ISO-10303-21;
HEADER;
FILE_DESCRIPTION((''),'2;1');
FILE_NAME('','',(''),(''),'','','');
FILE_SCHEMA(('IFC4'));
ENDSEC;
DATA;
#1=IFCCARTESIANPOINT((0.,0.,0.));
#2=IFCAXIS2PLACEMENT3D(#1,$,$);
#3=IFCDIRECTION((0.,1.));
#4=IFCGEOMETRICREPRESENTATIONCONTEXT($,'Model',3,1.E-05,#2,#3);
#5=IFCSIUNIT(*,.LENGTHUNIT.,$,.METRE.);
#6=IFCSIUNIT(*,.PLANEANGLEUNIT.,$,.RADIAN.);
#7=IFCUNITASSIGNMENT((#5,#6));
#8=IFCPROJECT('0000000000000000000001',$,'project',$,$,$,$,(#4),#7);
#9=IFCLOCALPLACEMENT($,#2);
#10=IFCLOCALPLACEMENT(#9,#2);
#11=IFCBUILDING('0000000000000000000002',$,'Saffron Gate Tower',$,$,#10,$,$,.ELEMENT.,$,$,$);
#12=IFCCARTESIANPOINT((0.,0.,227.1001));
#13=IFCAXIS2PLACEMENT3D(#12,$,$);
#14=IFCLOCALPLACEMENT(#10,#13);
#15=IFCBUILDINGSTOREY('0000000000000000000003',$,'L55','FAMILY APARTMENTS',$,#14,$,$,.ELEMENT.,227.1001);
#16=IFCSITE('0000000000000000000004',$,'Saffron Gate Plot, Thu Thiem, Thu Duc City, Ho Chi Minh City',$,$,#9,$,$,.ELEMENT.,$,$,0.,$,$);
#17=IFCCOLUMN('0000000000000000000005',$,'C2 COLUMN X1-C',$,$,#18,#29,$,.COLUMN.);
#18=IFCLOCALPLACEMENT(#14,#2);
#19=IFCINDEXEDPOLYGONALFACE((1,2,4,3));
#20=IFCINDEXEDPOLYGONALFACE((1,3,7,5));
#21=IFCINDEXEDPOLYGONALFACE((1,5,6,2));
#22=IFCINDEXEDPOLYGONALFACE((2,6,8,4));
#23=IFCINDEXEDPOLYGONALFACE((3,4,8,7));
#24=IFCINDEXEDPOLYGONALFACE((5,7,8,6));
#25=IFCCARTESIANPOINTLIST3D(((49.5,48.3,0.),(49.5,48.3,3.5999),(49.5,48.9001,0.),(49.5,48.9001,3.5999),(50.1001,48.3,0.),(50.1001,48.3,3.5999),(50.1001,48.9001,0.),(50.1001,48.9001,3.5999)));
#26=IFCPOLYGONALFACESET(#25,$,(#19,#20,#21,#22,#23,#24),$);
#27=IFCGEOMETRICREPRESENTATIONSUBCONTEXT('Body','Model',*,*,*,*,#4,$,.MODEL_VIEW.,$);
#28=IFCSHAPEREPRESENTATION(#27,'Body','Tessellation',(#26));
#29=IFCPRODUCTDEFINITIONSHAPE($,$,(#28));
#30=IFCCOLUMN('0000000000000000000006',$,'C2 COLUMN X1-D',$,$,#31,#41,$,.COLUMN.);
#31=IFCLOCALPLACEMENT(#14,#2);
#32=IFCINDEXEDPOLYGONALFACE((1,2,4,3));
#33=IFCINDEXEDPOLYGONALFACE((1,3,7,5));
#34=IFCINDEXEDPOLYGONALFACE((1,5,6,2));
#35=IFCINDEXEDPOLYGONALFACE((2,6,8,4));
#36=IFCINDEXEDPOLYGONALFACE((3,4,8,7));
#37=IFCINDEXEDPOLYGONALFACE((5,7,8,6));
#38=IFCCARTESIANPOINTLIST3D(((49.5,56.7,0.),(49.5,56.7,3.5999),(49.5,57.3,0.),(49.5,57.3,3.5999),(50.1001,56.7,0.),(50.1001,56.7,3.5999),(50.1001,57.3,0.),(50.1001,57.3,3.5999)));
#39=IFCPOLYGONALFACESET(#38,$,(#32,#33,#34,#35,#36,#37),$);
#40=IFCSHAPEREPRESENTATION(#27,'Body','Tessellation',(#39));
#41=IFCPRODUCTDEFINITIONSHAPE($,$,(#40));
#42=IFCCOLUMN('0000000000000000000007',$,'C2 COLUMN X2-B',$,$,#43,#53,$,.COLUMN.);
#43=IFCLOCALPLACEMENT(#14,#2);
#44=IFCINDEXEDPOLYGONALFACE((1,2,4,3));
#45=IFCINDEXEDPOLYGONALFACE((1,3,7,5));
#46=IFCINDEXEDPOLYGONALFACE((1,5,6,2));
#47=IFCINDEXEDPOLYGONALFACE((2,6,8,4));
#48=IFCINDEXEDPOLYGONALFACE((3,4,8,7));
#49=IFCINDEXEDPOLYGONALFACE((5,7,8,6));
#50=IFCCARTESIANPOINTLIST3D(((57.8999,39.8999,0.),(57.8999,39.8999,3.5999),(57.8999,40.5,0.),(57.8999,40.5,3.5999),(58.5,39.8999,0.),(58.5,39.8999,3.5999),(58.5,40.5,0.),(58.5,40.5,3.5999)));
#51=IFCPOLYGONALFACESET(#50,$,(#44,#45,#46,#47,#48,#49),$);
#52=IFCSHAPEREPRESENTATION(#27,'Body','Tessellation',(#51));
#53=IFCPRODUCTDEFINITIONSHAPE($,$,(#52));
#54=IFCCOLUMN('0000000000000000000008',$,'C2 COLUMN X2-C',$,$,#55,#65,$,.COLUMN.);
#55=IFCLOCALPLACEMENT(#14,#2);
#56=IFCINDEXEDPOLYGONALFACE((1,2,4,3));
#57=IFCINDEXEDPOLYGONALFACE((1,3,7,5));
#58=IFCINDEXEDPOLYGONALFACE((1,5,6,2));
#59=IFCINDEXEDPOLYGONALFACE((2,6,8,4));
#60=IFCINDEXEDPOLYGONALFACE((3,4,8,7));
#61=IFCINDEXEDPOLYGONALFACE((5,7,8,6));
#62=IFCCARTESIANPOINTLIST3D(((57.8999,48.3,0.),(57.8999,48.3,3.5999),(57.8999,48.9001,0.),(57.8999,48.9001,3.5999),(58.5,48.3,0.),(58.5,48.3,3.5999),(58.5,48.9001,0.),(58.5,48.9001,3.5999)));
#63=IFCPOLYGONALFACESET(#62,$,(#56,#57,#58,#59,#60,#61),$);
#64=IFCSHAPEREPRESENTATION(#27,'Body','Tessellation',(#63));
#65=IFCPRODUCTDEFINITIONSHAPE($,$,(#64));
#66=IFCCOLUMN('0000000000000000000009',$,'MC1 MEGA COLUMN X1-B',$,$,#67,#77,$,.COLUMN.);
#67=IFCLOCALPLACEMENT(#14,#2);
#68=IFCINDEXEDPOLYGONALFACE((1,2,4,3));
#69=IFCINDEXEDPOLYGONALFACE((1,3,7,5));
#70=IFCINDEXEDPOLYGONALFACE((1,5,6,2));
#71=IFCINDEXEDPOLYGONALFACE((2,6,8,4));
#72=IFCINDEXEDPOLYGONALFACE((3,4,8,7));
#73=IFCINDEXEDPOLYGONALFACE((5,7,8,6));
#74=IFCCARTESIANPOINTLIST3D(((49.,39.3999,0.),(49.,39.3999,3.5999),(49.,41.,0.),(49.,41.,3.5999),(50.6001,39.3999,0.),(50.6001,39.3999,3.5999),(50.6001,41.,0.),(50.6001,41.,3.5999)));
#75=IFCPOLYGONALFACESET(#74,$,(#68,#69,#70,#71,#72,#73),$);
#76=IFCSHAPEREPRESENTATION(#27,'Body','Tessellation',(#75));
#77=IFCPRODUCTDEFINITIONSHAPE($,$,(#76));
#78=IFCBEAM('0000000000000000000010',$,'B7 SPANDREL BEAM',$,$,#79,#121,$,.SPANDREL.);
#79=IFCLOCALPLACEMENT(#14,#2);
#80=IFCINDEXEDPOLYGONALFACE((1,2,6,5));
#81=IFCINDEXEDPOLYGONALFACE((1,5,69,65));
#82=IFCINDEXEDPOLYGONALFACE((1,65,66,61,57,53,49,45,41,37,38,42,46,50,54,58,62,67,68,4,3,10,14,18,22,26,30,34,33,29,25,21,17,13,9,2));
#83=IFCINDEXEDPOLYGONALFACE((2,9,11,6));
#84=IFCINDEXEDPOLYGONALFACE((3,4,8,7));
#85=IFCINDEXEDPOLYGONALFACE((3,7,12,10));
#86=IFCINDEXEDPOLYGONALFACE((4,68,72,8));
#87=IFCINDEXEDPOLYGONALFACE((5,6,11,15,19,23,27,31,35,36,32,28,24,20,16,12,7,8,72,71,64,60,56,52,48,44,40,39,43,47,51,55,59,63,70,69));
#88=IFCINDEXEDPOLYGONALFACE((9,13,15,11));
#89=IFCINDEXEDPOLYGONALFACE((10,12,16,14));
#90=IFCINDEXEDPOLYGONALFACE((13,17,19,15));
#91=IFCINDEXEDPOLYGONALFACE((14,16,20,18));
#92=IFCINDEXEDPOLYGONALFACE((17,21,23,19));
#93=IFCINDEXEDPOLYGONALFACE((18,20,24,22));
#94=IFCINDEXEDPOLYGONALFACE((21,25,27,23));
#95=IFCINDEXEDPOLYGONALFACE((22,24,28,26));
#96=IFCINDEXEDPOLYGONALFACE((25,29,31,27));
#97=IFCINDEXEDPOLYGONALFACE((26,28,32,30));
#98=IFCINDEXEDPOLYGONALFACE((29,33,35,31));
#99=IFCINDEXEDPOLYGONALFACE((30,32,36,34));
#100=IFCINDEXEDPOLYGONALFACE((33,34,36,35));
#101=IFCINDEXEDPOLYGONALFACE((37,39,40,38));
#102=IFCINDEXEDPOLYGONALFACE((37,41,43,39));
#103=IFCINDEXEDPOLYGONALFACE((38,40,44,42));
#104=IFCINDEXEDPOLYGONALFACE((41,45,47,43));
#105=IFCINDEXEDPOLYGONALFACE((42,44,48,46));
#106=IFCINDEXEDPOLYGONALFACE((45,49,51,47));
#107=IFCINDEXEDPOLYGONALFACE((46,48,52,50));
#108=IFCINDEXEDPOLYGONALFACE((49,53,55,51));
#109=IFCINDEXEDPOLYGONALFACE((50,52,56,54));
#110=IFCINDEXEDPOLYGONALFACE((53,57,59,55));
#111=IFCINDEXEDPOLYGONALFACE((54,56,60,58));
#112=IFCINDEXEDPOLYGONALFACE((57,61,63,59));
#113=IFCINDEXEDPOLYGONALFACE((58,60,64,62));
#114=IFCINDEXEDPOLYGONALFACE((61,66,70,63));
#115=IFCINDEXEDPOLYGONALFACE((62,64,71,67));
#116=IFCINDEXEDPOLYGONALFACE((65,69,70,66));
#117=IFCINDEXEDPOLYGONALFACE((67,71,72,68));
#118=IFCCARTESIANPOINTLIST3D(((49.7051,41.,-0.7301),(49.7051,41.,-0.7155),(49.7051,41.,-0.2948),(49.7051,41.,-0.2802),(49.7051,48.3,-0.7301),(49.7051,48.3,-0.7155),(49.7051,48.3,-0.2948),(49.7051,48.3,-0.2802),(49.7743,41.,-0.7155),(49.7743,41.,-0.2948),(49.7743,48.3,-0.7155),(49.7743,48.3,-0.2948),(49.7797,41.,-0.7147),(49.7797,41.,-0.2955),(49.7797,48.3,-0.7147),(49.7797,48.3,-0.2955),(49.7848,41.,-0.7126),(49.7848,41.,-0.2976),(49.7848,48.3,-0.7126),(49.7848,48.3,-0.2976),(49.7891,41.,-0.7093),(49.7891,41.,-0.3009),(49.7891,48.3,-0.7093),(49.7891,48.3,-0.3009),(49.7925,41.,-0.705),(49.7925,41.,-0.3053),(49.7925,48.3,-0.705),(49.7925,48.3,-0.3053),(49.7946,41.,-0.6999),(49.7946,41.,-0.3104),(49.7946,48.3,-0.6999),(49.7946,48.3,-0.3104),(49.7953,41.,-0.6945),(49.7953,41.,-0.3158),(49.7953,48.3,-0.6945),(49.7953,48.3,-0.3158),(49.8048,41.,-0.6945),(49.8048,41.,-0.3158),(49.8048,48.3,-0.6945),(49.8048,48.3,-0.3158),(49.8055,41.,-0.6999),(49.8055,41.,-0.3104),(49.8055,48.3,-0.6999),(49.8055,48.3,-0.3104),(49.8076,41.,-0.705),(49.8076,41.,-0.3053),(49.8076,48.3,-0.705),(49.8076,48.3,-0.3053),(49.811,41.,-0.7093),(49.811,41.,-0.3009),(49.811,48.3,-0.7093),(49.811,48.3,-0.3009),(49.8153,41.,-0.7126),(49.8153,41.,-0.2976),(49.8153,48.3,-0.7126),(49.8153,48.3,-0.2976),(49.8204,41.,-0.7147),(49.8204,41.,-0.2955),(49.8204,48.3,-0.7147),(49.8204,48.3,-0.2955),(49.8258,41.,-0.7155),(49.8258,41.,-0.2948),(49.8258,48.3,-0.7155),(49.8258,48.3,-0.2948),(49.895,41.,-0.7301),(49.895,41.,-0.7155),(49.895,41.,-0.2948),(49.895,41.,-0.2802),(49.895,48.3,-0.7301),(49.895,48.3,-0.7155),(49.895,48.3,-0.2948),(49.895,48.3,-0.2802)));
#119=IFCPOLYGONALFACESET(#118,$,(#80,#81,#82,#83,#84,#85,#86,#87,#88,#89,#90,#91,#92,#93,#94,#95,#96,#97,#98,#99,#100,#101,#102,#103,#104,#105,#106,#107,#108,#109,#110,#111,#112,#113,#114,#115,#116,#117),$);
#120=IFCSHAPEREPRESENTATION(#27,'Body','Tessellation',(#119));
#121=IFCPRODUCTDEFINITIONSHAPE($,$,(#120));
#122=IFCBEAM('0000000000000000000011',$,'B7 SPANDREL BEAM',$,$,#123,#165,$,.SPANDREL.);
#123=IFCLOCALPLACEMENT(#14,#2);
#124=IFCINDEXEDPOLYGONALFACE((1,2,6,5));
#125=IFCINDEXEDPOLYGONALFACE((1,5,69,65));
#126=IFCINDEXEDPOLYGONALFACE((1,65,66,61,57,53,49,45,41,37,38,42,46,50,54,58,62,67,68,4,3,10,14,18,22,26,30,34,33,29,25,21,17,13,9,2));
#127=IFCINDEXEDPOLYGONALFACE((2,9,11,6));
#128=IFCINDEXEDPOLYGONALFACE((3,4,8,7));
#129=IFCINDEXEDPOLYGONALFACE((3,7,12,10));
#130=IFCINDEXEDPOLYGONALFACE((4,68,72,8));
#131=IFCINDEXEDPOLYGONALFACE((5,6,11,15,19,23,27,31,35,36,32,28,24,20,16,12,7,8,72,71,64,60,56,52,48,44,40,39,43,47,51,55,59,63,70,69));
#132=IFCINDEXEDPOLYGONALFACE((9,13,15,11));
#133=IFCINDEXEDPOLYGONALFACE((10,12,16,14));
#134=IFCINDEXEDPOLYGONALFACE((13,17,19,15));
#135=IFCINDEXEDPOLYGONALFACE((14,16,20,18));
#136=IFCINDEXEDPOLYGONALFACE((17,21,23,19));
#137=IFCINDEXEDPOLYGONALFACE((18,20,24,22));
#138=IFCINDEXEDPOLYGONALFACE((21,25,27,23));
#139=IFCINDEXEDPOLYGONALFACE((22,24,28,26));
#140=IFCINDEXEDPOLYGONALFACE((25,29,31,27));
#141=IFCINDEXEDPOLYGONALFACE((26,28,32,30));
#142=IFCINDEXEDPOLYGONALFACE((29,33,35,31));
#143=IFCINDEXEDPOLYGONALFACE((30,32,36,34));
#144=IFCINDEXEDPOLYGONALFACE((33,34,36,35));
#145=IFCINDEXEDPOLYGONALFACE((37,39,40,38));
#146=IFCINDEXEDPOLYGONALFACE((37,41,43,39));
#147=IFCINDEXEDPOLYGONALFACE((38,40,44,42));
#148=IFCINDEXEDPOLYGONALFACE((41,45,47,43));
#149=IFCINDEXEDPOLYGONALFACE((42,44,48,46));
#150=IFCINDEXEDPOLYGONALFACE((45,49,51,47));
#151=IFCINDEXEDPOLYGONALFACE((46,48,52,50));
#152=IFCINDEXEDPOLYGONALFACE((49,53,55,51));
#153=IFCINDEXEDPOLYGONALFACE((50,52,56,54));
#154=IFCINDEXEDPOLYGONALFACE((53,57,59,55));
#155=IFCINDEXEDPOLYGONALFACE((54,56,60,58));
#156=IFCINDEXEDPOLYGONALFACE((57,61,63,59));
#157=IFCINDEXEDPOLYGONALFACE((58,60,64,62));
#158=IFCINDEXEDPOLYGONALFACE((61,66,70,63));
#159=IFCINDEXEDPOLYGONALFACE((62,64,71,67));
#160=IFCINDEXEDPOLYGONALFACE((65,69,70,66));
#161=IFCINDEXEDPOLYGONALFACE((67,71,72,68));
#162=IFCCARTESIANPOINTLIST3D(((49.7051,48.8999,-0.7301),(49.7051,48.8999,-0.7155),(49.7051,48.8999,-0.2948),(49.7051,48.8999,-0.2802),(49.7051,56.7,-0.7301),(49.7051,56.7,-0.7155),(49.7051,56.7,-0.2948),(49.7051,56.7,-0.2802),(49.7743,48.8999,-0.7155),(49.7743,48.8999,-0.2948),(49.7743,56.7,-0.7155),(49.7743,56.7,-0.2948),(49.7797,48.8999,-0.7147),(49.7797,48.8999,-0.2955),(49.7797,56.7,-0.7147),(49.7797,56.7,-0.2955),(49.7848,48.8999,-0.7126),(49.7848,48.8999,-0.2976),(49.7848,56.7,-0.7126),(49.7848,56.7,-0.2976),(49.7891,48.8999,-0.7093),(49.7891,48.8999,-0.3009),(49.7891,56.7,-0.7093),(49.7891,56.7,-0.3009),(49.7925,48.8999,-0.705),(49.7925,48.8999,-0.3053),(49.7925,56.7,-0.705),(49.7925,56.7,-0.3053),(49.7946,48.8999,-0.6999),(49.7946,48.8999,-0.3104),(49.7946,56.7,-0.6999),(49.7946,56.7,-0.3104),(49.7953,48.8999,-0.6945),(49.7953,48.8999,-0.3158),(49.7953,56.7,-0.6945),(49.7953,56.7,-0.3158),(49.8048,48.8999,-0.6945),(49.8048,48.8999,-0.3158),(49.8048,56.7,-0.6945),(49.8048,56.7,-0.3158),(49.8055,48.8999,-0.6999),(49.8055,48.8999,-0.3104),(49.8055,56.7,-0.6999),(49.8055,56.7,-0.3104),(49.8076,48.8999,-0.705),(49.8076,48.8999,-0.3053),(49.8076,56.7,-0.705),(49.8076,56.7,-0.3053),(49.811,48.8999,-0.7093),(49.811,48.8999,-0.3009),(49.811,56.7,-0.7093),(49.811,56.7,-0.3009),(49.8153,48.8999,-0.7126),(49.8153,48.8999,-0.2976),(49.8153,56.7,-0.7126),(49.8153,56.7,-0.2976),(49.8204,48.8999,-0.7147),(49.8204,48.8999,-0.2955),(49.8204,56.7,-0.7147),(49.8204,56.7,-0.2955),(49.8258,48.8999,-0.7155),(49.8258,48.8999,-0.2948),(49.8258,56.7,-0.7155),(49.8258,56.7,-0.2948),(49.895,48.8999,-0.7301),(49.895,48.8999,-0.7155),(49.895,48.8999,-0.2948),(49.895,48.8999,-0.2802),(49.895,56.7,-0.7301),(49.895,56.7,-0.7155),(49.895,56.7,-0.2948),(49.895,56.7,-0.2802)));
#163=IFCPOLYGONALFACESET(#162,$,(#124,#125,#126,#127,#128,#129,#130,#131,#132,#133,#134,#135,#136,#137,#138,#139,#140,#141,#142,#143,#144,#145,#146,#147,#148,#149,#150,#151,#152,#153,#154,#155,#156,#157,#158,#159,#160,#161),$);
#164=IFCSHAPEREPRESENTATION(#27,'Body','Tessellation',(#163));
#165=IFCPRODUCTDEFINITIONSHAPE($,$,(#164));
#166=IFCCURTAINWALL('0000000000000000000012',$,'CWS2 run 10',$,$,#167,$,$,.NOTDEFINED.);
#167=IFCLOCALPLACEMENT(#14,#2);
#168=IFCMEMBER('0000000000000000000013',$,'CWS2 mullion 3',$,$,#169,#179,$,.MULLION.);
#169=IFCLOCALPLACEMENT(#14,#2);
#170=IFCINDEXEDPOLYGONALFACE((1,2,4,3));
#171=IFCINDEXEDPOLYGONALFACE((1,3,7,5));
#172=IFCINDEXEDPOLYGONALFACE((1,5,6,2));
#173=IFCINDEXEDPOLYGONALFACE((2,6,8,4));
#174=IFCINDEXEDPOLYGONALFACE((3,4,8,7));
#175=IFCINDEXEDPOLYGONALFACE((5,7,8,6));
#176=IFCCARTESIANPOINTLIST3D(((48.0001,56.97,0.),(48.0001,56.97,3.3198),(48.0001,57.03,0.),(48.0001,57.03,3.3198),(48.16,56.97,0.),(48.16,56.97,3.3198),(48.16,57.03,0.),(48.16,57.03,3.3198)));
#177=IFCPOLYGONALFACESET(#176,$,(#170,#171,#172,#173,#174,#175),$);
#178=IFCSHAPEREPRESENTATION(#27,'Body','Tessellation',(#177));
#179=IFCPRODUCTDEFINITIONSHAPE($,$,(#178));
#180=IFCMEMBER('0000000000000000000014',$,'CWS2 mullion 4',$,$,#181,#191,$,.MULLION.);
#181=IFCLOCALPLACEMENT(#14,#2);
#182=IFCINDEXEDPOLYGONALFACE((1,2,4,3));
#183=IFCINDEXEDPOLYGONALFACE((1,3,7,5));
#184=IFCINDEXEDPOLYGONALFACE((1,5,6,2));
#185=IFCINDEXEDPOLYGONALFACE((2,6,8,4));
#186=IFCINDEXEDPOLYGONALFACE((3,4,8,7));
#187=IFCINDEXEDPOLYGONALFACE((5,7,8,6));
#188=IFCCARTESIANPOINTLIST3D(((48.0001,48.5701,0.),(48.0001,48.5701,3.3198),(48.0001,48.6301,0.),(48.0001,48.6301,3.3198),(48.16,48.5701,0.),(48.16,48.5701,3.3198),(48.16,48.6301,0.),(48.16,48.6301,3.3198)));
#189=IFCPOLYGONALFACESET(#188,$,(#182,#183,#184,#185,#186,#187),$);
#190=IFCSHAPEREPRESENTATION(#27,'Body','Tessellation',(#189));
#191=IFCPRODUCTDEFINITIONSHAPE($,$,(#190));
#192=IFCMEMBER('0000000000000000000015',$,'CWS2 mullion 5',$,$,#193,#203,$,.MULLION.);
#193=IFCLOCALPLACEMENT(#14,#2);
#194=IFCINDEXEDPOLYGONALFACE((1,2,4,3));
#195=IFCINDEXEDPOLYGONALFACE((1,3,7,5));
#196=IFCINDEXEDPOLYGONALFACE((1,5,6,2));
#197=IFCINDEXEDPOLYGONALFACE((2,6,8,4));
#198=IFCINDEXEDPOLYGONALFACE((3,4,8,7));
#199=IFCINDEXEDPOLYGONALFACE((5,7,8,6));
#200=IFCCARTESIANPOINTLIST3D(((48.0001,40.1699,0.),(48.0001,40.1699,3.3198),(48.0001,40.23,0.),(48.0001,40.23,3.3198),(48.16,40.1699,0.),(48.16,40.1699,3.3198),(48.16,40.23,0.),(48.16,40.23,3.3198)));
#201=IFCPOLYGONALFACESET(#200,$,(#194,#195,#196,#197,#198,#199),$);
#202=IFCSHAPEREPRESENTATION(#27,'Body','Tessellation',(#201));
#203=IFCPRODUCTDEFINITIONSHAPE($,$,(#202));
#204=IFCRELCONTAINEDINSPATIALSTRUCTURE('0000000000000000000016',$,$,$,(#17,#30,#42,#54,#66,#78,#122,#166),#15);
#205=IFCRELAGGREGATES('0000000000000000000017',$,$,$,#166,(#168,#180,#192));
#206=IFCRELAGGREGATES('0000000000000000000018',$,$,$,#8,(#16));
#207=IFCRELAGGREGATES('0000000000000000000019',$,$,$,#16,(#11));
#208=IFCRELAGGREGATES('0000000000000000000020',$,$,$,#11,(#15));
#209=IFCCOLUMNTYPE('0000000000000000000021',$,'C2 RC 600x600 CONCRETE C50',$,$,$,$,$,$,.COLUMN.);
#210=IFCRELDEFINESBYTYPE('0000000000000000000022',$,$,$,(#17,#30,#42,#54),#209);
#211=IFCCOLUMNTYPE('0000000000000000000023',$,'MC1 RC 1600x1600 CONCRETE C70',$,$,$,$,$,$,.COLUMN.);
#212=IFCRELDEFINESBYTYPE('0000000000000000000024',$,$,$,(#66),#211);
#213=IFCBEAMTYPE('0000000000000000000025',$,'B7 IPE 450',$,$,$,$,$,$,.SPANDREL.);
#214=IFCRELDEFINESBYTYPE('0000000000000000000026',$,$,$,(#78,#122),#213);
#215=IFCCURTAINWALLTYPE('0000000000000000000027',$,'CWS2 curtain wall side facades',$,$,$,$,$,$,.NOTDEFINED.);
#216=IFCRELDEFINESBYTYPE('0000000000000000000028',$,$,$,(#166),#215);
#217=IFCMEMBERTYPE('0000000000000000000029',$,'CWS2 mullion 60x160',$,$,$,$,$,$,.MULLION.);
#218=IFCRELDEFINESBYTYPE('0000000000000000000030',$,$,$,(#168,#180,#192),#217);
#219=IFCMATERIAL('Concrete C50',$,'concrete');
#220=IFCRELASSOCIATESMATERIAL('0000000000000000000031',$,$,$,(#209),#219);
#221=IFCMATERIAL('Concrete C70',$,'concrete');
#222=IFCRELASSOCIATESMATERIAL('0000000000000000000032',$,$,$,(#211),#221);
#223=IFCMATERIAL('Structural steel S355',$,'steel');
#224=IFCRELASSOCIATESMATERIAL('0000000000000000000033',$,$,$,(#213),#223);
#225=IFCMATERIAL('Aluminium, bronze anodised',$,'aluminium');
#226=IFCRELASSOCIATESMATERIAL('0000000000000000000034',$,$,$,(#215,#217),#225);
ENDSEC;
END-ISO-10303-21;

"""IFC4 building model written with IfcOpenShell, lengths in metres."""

from ifc_helpers import new_model, si_unit, direction, frame, origin, origin_2d, place, context, subcontext, project, spatial, rectangle, i_section, extrude, material, material_profile, profile_set, type_object, element, aggregate, save


model = new_model("IFC4")

# Units and contexts
model_context = context("Model", 3, precision=1e-05, world=origin(), true_north=direction((0.0, 1.0)))
body_context = subcontext(model_context, "Body", "Model", "MODEL_VIEW")
ifc_project = project(units=[si_unit("LENGTHUNIT", "METRE"), si_unit("PLANEANGLEUNIT", "RADIAN")], contexts=[model_context])

# Site, building, storey
site_placement = place(None, origin())
site = spatial("IfcSite", under=ifc_project, at=site_placement, Name="Saffron Gate Plot, Thu Thiem, Thu Duc City, Ho Chi Minh City", CompositionType="ELEMENT", RefElevation=0.0)
building_placement = place(site_placement, origin())
building = spatial("IfcBuilding", under=site, at=building_placement, Name="Saffron Gate Tower", CompositionType="ELEMENT")
storey_placement = place(building_placement, frame((0.0, 0.0, 227.1001)))
storey = spatial("IfcBuildingStorey", under=building, at=storey_placement, Name="L55", Description="FAMILY APARTMENTS", CompositionType="ELEMENT", Elevation=227.1001)

# Columns
ifc_material_1 = material(Name="Concrete C50", Category="concrete")
ifc_material_profile_1 = material_profile(ifc_material_1, rectangle(XDim=0.6001, YDim=0.6001, at=origin_2d()))
ifc_profile_set_1 = profile_set([ifc_material_profile_1], Name="Concrete C50")
column_type_1 = type_object("IfcColumnType", Name="C2 RC 600x600 CONCRETE C50", PredefinedType="COLUMN", material=ifc_profile_set_1)
for number, where, z_axis, x_axis, name in (
    (1, (49.8, 48.6001, 0.0), (0.0, 0.0, 1.0), (1.0, 0.0, 0.0), "C2 COLUMN X1-C"),
    (2, (49.8, 57.0, 0.0), (0.0, 0.0, 1.0), (1.0, 0.0, 0.0), "C2 COLUMN X1-D"),
    (3, (58.2, 40.2, 0.0), (0.0, 0.0, 1.0), (1.0, 0.0, 0.0), "C2 COLUMN X2-B"),
    (4, (58.2, 48.6001, 0.0), (0.0, 0.0, 1.0), (1.0, 0.0, 0.0), "C2 COLUMN X2-C"),
):
    element("IfcColumn", number, at=place(storey_placement, frame(where, z_axis=z_axis, x_axis=x_axis)), inside=storey, type_object=column_type_1, Name=name, PredefinedType="COLUMN", context=body_context, shape_type="SweptSolid", body=[
        extrude(rectangle(XDim=0.6001, YDim=0.6001, at=origin_2d()), origin(), (0.0, 0.0, 1.0), 3.5999),
    ])
ifc_material_2 = material(Name="Concrete C70", Category="concrete")
ifc_material_profile_2 = material_profile(ifc_material_2, rectangle(XDim=1.6001, YDim=1.6001, at=origin_2d()))
ifc_profile_set_2 = profile_set([ifc_material_profile_2], Name="Concrete C70")
column_type_2 = type_object("IfcColumnType", Name="MC1 RC 1600x1600 CONCRETE C70", PredefinedType="COLUMN", material=ifc_profile_set_2)
column_placement = place(storey_placement, frame((49.8, 40.2, 0.0), z_axis=(0.0, 0.0, 1.0), x_axis=(1.0, 0.0, 0.0)))
element("IfcColumn", 5, at=column_placement, inside=storey, type_object=column_type_2, Name="MC1 MEGA COLUMN X1-B", PredefinedType="COLUMN", context=body_context, shape_type="SweptSolid", body=[
    extrude(rectangle(XDim=1.6001, YDim=1.6001, at=origin_2d()), origin(), (0.0, 0.0, 1.0), 3.5999),
])

# Beams
ifc_material_3 = material(Name="Structural steel S355", Category="steel")
ifc_material_profile_3 = material_profile(ifc_material_3, i_section(OverallWidth=0.1899, OverallDepth=0.45, WebThickness=0.0095, FlangeThickness=0.0146, FilletRadius=0.021, at=origin_2d()))
ifc_profile_set_3 = profile_set([ifc_material_profile_3], Name="Structural steel S355")
beam_type = type_object("IfcBeamType", Name="B7 IPE 450", PredefinedType="SPANDREL", material=ifc_profile_set_3)
beam_1_placement = place(storey_placement, frame((49.8, 41.0, -0.5051), z_axis=(0.0, 1.0, 0.0), x_axis=(-1.0, 0.0, 0.0)))
element("IfcBeam", 6, at=beam_1_placement, inside=storey, type_object=beam_type, Name="B7 SPANDREL BEAM", PredefinedType="SPANDREL", context=body_context, shape_type="SweptSolid", body=[
    extrude(i_section(OverallWidth=0.1899, OverallDepth=0.45, WebThickness=0.0095, FlangeThickness=0.0146, FilletRadius=0.021, at=origin_2d()), origin(), (0.0, 0.0, 1.0), 7.3),
])
beam_2_placement = place(storey_placement, frame((49.8, 48.8999, -0.5051), z_axis=(0.0, 1.0, 0.0), x_axis=(-1.0, 0.0, 0.0)))
element("IfcBeam", 7, at=beam_2_placement, inside=storey, type_object=beam_type, Name="B7 SPANDREL BEAM", PredefinedType="SPANDREL", context=body_context, shape_type="SweptSolid", body=[
    extrude(i_section(OverallWidth=0.1899, OverallDepth=0.45, WebThickness=0.0095, FlangeThickness=0.0146, FilletRadius=0.021, at=origin_2d()), origin(), (0.0, 0.0, 1.0), 7.8),
])

# Curtain wall, members
ifc_material_4 = material(Name="Aluminium, bronze anodised", Category="aluminium")
curtain_wall_type_1 = type_object("IfcCurtainWallType", Name="CWS2 curtain wall side facades", PredefinedType="NOTDEFINED", material=ifc_material_4)
curtain_wall_1_placement = place(storey_placement, origin())
curtain_wall_1 = element("IfcCurtainWall", 8, at=curtain_wall_1_placement, inside=storey, type_object=curtain_wall_type_1, Name="CWS2 run 10", PredefinedType="NOTDEFINED")
ifc_material_profile_4 = material_profile(ifc_material_4, rectangle(XDim=0.1599, YDim=0.0601, at=origin_2d()))
ifc_profile_set_4 = profile_set([ifc_material_profile_4], Name="Aluminium, bronze anodised")
member_type_1 = type_object("IfcMemberType", Name="CWS2 mullion 60x160", PredefinedType="MULLION", material=ifc_profile_set_4)
member_1_placement = place(storey_placement, frame((48.0801, 57.0, 0.0), z_axis=(0.0, 0.0, 1.0), x_axis=(1.0, 0.0, 0.0)))
member_1 = element("IfcMember", 9, at=member_1_placement, type_object=member_type_1, Name="CWS2 mullion 3", PredefinedType="MULLION", context=body_context, shape_type="SweptSolid", body=[
    extrude(rectangle(XDim=0.1599, YDim=0.0601, at=origin_2d()), origin(), (0.0, 0.0, 1.0), 3.3198),
])
member_2_placement = place(storey_placement, frame((48.0801, 48.6001, 0.0), z_axis=(0.0, 0.0, 1.0), x_axis=(1.0, 0.0, 0.0)))
member_2 = element("IfcMember", 10, at=member_2_placement, type_object=member_type_1, Name="CWS2 mullion 4", PredefinedType="MULLION", context=body_context, shape_type="SweptSolid", body=[
    extrude(rectangle(XDim=0.1599, YDim=0.0601, at=origin_2d()), origin(), (0.0, 0.0, 1.0), 3.3198),
])
member_3_placement = place(storey_placement, frame((48.0801, 40.2, 0.0), z_axis=(0.0, 0.0, 1.0), x_axis=(1.0, 0.0, 0.0)))
member_3 = element("IfcMember", 11, at=member_3_placement, type_object=member_type_1, Name="CWS2 mullion 5", PredefinedType="MULLION", context=body_context, shape_type="SweptSolid", body=[
    extrude(rectangle(XDim=0.1599, YDim=0.0601, at=origin_2d()), origin(), (0.0, 0.0, 1.0), 3.3198),
])
aggregate(curtain_wall_1, [member_1, member_2, member_3])

save(model, "model.ifc")
